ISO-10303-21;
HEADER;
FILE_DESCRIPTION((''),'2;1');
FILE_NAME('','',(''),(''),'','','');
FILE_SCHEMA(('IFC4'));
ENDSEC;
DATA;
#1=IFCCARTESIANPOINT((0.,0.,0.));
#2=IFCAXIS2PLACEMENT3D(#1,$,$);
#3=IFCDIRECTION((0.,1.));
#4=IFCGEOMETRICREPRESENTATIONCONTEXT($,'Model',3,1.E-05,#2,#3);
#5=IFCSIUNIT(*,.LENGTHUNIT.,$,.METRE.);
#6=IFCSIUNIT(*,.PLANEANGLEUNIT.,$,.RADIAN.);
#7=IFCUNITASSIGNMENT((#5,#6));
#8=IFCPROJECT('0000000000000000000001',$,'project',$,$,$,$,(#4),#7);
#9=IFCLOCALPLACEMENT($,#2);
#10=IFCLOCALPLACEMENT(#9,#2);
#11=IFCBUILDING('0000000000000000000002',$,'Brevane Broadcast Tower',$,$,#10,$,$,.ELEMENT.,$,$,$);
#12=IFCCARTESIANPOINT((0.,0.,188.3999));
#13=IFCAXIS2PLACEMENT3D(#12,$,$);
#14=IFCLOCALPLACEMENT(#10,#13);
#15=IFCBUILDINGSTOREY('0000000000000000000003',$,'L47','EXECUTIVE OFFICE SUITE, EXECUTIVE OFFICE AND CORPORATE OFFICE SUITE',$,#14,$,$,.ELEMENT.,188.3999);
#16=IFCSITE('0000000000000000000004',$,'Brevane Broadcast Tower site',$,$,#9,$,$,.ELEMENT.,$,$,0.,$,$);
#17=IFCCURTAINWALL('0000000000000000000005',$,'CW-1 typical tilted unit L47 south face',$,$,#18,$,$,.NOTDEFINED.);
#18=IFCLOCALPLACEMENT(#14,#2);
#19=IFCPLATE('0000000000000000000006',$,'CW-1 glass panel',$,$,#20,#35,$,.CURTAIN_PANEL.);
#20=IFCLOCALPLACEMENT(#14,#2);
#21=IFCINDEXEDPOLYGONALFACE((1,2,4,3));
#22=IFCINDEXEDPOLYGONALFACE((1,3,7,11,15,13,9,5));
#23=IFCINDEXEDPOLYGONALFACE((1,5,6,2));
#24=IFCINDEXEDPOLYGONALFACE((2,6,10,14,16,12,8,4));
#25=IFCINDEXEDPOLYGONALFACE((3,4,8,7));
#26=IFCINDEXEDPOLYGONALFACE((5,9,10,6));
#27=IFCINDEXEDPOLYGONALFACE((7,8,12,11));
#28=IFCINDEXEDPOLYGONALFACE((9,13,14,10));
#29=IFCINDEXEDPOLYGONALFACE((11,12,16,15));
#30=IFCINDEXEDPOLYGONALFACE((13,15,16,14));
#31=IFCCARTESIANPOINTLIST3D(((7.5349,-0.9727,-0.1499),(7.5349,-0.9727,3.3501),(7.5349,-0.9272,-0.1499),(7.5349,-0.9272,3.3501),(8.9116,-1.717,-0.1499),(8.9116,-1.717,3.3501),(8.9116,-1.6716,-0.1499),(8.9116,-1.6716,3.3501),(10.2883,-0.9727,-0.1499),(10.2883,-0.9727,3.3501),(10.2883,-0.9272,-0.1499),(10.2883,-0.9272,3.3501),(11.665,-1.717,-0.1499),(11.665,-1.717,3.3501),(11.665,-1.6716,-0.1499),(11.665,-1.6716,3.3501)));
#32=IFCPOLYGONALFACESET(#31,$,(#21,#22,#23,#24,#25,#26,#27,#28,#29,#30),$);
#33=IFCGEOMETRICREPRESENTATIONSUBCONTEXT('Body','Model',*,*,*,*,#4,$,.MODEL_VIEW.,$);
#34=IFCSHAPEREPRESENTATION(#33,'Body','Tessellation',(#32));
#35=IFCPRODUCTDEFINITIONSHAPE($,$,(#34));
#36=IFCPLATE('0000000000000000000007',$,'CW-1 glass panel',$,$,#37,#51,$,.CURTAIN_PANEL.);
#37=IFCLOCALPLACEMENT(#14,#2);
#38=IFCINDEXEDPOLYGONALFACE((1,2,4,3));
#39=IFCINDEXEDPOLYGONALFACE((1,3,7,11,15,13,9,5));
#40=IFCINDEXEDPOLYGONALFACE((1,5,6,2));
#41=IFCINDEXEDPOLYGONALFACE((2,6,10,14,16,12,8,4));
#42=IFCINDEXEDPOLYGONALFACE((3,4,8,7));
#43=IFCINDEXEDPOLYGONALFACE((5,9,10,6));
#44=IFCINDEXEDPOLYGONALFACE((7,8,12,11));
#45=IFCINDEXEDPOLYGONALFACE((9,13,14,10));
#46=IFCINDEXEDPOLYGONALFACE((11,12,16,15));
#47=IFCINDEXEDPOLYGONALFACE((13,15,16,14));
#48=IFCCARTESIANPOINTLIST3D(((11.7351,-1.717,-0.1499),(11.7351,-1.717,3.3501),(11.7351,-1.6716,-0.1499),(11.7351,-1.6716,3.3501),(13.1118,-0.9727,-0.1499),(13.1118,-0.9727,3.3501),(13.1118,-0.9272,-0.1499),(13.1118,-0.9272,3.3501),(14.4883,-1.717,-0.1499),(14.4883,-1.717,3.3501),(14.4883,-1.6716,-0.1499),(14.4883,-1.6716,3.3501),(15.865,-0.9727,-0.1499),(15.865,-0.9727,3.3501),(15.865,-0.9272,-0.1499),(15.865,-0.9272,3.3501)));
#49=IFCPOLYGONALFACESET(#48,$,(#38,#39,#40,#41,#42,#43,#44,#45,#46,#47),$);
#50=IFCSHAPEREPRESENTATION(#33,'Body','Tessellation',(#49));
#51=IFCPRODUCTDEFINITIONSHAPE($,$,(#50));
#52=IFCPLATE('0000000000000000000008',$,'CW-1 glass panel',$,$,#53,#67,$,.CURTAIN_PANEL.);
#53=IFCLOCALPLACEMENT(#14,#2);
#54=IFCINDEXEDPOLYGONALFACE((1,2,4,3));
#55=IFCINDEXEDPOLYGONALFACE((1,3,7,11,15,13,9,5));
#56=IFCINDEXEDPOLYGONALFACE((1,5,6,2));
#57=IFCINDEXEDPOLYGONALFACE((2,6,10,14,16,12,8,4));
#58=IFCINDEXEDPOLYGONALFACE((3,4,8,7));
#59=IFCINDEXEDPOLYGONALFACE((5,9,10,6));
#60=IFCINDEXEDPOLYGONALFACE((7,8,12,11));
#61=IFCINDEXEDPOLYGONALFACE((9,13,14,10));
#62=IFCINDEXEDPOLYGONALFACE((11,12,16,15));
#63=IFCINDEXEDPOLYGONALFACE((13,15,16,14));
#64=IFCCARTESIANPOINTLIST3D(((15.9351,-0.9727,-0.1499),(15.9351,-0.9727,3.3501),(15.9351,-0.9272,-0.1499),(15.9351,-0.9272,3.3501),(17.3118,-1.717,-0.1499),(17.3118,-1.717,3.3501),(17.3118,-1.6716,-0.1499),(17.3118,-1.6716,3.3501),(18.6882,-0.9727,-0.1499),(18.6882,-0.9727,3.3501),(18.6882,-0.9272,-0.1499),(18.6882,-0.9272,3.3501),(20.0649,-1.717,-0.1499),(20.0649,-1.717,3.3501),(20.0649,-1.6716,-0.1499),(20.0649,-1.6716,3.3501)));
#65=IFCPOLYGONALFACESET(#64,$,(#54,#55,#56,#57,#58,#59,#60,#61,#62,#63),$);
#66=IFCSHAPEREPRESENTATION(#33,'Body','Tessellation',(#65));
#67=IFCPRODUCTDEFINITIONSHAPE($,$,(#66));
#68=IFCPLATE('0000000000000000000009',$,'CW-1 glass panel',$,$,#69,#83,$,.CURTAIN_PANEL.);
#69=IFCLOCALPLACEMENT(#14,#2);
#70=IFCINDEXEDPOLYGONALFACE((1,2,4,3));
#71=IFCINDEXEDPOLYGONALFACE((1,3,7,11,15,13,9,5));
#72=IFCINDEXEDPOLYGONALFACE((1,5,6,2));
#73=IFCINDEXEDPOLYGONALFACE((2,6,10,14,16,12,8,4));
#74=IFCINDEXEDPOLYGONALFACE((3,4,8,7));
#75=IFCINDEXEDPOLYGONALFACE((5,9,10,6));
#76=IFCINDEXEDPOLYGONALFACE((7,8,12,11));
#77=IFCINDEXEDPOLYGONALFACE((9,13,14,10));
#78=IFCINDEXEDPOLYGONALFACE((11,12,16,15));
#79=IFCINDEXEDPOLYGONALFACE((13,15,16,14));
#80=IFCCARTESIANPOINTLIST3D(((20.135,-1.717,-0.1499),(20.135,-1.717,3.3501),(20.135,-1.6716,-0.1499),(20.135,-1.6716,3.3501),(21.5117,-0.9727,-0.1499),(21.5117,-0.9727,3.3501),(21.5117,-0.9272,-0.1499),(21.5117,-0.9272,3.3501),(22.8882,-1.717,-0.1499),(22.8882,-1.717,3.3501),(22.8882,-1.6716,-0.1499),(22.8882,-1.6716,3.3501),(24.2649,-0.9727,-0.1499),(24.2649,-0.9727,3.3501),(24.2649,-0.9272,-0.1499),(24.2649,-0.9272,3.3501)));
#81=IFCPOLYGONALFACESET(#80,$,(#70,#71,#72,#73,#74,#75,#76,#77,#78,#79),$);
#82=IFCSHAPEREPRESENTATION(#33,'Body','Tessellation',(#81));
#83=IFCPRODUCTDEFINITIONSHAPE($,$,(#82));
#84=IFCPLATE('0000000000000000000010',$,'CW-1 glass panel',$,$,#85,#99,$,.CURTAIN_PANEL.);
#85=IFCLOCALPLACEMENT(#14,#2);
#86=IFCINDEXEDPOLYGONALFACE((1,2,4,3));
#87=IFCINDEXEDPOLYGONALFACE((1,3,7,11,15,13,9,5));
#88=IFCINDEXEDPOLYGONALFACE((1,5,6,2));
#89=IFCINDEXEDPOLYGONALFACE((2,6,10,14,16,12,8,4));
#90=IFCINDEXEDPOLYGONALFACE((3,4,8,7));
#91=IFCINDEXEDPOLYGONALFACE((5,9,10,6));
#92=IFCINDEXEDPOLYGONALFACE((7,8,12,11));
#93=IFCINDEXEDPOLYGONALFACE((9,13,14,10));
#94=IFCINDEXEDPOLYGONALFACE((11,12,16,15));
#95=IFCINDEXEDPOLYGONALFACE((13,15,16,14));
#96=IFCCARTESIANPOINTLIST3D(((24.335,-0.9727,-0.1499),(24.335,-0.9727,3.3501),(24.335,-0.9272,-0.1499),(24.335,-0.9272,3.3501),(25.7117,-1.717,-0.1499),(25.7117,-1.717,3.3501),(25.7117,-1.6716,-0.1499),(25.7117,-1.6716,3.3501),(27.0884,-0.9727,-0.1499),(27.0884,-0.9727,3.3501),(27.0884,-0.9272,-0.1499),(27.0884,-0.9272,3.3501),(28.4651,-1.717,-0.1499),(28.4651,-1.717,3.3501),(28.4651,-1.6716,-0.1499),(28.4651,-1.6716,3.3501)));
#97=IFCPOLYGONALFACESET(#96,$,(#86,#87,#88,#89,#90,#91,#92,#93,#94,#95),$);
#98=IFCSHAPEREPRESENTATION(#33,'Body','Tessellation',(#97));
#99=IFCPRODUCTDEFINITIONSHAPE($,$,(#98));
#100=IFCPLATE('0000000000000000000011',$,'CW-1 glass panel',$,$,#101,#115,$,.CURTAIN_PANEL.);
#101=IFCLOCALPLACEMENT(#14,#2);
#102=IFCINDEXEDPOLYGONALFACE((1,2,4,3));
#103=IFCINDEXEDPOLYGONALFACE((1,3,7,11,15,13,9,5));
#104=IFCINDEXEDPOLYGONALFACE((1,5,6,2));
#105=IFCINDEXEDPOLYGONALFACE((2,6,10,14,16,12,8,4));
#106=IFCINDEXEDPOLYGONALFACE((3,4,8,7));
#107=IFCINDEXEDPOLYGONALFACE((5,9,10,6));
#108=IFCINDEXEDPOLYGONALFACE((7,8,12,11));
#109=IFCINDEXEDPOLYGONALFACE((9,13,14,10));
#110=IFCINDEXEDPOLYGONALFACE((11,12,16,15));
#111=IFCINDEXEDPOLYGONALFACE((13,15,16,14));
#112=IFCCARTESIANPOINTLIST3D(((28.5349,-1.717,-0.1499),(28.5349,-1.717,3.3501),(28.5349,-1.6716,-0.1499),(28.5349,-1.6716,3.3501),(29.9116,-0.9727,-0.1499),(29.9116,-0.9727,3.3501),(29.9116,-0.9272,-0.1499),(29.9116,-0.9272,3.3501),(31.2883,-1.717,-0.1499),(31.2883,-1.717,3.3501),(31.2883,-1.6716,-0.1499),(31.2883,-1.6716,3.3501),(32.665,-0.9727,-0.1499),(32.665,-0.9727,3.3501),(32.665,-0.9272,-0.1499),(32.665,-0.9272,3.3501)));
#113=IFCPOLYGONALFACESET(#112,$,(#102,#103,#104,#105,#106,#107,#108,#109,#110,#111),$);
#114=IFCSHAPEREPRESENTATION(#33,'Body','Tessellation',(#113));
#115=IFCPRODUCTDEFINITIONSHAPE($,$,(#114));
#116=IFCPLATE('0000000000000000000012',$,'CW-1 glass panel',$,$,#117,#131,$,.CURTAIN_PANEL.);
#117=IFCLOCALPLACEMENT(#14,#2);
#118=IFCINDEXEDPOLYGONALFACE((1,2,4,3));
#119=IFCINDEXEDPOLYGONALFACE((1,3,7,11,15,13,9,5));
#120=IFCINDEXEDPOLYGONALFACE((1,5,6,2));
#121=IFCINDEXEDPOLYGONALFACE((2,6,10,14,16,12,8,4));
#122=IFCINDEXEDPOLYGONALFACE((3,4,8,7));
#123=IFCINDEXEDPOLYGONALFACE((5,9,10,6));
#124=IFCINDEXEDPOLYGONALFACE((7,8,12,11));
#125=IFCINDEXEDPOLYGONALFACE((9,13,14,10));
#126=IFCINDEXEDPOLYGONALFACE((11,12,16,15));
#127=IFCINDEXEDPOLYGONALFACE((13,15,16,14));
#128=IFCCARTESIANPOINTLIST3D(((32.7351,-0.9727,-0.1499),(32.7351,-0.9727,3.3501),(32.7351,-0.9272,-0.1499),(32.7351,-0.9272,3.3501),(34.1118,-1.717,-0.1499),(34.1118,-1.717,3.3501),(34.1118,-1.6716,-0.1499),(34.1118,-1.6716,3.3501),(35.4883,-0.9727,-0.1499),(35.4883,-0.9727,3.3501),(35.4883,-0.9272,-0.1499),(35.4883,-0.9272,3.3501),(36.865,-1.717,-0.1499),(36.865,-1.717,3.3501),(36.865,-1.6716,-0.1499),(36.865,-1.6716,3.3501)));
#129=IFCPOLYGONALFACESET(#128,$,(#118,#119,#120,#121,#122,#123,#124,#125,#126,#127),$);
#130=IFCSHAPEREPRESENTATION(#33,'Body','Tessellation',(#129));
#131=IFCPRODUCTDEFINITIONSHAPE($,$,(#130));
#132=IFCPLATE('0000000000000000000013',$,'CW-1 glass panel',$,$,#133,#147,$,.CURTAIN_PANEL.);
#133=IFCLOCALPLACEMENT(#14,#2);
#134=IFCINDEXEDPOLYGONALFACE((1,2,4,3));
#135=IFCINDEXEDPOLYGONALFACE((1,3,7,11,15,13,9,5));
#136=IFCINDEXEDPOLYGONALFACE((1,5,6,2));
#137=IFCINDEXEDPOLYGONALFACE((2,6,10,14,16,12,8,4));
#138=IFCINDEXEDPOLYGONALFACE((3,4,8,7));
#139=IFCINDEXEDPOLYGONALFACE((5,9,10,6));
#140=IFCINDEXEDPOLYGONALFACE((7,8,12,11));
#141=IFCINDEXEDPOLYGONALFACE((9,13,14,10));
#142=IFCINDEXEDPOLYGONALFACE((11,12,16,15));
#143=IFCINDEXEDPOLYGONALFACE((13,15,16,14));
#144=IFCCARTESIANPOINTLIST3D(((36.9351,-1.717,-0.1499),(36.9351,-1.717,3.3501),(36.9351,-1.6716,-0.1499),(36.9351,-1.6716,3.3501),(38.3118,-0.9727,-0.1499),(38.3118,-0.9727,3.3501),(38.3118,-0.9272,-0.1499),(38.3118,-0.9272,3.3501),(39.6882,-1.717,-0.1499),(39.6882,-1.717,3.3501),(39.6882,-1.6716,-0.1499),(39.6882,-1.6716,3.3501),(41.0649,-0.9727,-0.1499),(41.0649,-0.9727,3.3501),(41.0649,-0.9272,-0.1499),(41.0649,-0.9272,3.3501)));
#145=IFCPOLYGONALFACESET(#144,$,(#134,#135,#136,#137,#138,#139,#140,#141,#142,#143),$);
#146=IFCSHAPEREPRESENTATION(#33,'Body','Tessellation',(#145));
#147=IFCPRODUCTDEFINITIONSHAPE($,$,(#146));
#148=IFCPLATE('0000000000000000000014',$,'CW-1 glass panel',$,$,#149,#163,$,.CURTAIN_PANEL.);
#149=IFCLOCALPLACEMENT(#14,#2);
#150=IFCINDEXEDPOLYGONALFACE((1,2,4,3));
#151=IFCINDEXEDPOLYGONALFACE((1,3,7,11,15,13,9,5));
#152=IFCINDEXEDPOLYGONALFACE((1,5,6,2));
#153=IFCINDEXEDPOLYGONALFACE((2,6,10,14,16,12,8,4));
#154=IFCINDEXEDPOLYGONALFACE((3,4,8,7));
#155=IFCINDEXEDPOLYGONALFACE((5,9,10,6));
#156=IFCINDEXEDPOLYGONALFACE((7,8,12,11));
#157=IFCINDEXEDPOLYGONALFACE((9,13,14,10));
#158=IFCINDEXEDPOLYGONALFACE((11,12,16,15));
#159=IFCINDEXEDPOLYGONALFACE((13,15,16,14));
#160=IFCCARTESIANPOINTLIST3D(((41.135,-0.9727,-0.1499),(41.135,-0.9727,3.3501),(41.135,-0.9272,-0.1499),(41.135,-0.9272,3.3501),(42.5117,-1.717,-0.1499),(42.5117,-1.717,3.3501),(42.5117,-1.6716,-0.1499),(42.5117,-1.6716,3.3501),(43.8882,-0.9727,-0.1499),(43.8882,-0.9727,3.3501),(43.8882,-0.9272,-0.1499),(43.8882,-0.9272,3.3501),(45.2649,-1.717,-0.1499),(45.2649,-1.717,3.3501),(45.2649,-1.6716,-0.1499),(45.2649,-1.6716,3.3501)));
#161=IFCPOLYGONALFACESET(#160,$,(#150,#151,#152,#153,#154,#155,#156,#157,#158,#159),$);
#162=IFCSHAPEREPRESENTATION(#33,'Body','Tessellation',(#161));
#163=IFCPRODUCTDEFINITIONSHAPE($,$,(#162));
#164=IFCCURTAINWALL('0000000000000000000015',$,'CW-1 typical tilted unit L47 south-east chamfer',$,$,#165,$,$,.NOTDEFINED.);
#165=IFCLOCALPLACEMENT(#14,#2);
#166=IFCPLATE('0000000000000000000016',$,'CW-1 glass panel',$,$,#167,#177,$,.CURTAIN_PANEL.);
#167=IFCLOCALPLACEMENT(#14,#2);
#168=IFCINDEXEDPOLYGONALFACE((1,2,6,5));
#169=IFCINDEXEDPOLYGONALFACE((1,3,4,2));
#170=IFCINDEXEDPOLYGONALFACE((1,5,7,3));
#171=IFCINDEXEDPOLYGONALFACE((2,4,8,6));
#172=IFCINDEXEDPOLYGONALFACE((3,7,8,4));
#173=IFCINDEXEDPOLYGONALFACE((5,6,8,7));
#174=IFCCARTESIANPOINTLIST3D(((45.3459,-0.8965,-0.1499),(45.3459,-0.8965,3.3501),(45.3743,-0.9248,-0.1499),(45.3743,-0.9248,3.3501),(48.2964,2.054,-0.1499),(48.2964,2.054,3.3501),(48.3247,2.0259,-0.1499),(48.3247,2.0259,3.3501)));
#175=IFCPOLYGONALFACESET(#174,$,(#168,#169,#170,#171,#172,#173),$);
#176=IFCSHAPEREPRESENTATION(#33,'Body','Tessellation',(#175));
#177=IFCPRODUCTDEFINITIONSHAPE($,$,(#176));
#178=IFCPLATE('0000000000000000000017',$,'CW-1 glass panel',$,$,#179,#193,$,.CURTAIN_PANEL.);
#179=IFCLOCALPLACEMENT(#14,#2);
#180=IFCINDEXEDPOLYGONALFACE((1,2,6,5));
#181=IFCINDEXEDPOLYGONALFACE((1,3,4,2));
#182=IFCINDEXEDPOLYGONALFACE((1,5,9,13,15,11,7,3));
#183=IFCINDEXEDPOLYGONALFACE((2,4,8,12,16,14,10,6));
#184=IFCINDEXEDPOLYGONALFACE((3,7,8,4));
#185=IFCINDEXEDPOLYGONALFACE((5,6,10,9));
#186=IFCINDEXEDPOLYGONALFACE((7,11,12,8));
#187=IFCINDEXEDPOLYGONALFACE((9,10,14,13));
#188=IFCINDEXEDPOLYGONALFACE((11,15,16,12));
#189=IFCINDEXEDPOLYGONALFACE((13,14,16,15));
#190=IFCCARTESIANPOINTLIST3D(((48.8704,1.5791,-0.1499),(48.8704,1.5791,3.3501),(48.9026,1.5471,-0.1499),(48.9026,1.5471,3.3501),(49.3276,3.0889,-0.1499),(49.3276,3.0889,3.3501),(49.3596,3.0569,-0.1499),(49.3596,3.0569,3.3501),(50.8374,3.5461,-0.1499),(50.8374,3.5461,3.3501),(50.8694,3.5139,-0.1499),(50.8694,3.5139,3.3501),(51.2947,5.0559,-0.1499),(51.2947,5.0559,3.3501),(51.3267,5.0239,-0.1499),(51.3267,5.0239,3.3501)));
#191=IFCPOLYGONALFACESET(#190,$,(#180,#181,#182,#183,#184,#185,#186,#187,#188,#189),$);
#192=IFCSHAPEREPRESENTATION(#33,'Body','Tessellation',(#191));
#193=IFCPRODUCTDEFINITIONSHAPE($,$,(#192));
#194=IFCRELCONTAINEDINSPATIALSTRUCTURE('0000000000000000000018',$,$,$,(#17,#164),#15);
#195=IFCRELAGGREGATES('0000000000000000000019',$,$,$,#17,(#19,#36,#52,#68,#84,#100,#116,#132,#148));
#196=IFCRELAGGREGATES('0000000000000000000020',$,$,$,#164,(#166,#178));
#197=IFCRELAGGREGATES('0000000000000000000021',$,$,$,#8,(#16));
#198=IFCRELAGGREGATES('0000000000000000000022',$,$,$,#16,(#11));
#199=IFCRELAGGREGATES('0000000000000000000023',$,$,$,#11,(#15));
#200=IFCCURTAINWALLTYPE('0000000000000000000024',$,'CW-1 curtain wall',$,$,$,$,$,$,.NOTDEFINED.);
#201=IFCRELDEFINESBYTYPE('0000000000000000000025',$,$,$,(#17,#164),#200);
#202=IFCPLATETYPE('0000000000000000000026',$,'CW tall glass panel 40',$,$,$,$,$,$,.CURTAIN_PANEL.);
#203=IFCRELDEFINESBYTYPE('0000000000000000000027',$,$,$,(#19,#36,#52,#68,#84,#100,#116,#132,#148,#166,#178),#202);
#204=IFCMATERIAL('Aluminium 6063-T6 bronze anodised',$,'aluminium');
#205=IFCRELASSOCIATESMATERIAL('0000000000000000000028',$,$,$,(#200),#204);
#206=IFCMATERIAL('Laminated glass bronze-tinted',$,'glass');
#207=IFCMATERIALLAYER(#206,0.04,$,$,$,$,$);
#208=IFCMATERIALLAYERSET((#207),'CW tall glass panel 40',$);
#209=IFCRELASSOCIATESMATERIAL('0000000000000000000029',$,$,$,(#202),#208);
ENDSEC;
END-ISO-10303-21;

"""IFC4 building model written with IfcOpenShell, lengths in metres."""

from ifc_helpers import new_model, si_unit, direction, frame, origin, place, context, subcontext, project, spatial, polyline, outline, extrude, material, layer, layer_set, type_object, element, aggregate, save


model = new_model("IFC4")

# Units and contexts
model_context = context("Model", 3, precision=1e-05, world=origin(), true_north=direction((0.0, 1.0)))
body_context = subcontext(model_context, "Body", "Model", "MODEL_VIEW")
ifc_project = project(units=[si_unit("LENGTHUNIT", "METRE"), si_unit("PLANEANGLEUNIT", "RADIAN")], contexts=[model_context])

# Site, building, storey
site_placement = place(None, origin())
site = spatial("IfcSite", under=ifc_project, at=site_placement, Name="Brevane Broadcast Tower site", CompositionType="ELEMENT", RefElevation=0.0)
building_placement = place(site_placement, origin())
building = spatial("IfcBuilding", under=site, at=building_placement, Name="Brevane Broadcast Tower", CompositionType="ELEMENT")
storey_placement = place(building_placement, frame((0.0, 0.0, 188.3999)))
storey = spatial("IfcBuildingStorey", under=building, at=storey_placement, Name="L47", Description="EXECUTIVE OFFICE SUITE, EXECUTIVE OFFICE AND CORPORATE OFFICE SUITE", CompositionType="ELEMENT", Elevation=188.3999)

# Curtain walls, plates
ifc_material_1 = material(Name="Aluminium 6063-T6 bronze anodised", Category="aluminium")
curtain_wall_type = type_object("IfcCurtainWallType", Name="CW-1 curtain wall", PredefinedType="NOTDEFINED", material=ifc_material_1)
curtain_wall_1_placement = place(storey_placement, origin())
curtain_wall_1 = element("IfcCurtainWall", 1, at=curtain_wall_1_placement, inside=storey, type_object=curtain_wall_type, Name="CW-1 typical tilted unit L47 south face", PredefinedType="NOTDEFINED")
ifc_material_2 = material(Name="Laminated glass bronze-tinted", Category="glass")
ifc_layer = layer(ifc_material_2, 0.04)
ifc_layer_set = layer_set([ifc_layer], Name="CW tall glass panel 40")
plate_type = type_object("IfcPlateType", Name="CW tall glass panel 40", PredefinedType="CURTAIN_PANEL", material=ifc_layer_set)
plate_1_placement = place(storey_placement, frame((0.0, 0.0, -0.1499)))
plate_1 = element("IfcPlate", 2, at=plate_1_placement, type_object=plate_type, Name="CW-1 glass panel", PredefinedType="CURTAIN_PANEL", context=body_context, shape_type="SweptSolid", body=[
    extrude(outline(polyline([(7.5349, -0.9272), (7.5349, -0.9727), (8.9116, -1.717), (10.2883, -0.9727), (11.665, -1.717), (11.665, -1.6716), (10.2883, -0.9272), (8.9116, -1.6716), (7.5349, -0.9272)])), origin(), (0.0, 0.0, 1.0), 3.5),
])
plate_2_placement = place(storey_placement, frame((0.0, 0.0, -0.1499)))
plate_2 = element("IfcPlate", 3, at=plate_2_placement, type_object=plate_type, Name="CW-1 glass panel", PredefinedType="CURTAIN_PANEL", context=body_context, shape_type="SweptSolid", body=[
    extrude(outline(polyline([(11.7351, -1.6716), (11.7351, -1.717), (13.1118, -0.9727), (14.4883, -1.717), (15.865, -0.9727), (15.865, -0.9272), (14.4883, -1.6716), (13.1118, -0.9272), (11.7351, -1.6716)])), origin(), (0.0, 0.0, 1.0), 3.5),
])
plate_3_placement = place(storey_placement, frame((0.0, 0.0, -0.1499)))
plate_3 = element("IfcPlate", 4, at=plate_3_placement, type_object=plate_type, Name="CW-1 glass panel", PredefinedType="CURTAIN_PANEL", context=body_context, shape_type="SweptSolid", body=[
    extrude(outline(polyline([(15.9351, -0.9272), (15.9351, -0.9727), (17.3118, -1.717), (18.6882, -0.9727), (20.0649, -1.717), (20.0649, -1.6716), (18.6882, -0.9272), (17.3118, -1.6716), (15.9351, -0.9272)])), origin(), (0.0, 0.0, 1.0), 3.5),
])
plate_4_placement = place(storey_placement, frame((0.0, 0.0, -0.1499)))
plate_4 = element("IfcPlate", 5, at=plate_4_placement, type_object=plate_type, Name="CW-1 glass panel", PredefinedType="CURTAIN_PANEL", context=body_context, shape_type="SweptSolid", body=[
    extrude(outline(polyline([(20.135, -1.6716), (20.135, -1.717), (21.5117, -0.9727), (22.8882, -1.717), (24.2649, -0.9727), (24.2649, -0.9272), (22.8882, -1.6716), (21.5117, -0.9272), (20.135, -1.6716)])), origin(), (0.0, 0.0, 1.0), 3.5),
])
plate_5_placement = place(storey_placement, frame((0.0, 0.0, -0.1499)))
plate_5 = element("IfcPlate", 6, at=plate_5_placement, type_object=plate_type, Name="CW-1 glass panel", PredefinedType="CURTAIN_PANEL", context=body_context, shape_type="SweptSolid", body=[
    extrude(outline(polyline([(24.335, -0.9272), (24.335, -0.9727), (25.7117, -1.717), (27.0884, -0.9727), (28.4651, -1.717), (28.4651, -1.6716), (27.0884, -0.9272), (25.7117, -1.6716), (24.335, -0.9272)])), origin(), (0.0, 0.0, 1.0), 3.5),
])
plate_6_placement = place(storey_placement, frame((0.0, 0.0, -0.1499)))
plate_6 = element("IfcPlate", 7, at=plate_6_placement, type_object=plate_type, Name="CW-1 glass panel", PredefinedType="CURTAIN_PANEL", context=body_context, shape_type="SweptSolid", body=[
    extrude(outline(polyline([(28.5349, -1.6716), (28.5349, -1.717), (29.9116, -0.9727), (31.2883, -1.717), (32.665, -0.9727), (32.665, -0.9272), (31.2883, -1.6716), (29.9116, -0.9272), (28.5349, -1.6716)])), origin(), (0.0, 0.0, 1.0), 3.5),
])
plate_7_placement = place(storey_placement, frame((0.0, 0.0, -0.1499)))
plate_7 = element("IfcPlate", 8, at=plate_7_placement, type_object=plate_type, Name="CW-1 glass panel", PredefinedType="CURTAIN_PANEL", context=body_context, shape_type="SweptSolid", body=[
    extrude(outline(polyline([(32.7351, -0.9272), (32.7351, -0.9727), (34.1118, -1.717), (35.4883, -0.9727), (36.865, -1.717), (36.865, -1.6716), (35.4883, -0.9272), (34.1118, -1.6716), (32.7351, -0.9272)])), origin(), (0.0, 0.0, 1.0), 3.5),
])
plate_8_placement = place(storey_placement, frame((0.0, 0.0, -0.1499)))
plate_8 = element("IfcPlate", 9, at=plate_8_placement, type_object=plate_type, Name="CW-1 glass panel", PredefinedType="CURTAIN_PANEL", context=body_context, shape_type="SweptSolid", body=[
    extrude(outline(polyline([(36.9351, -1.6716), (36.9351, -1.717), (38.3118, -0.9727), (39.6882, -1.717), (41.0649, -0.9727), (41.0649, -0.9272), (39.6882, -1.6716), (38.3118, -0.9272), (36.9351, -1.6716)])), origin(), (0.0, 0.0, 1.0), 3.5),
])
plate_9_placement = place(storey_placement, frame((0.0, 0.0, -0.1499)))
plate_9 = element("IfcPlate", 10, at=plate_9_placement, type_object=plate_type, Name="CW-1 glass panel", PredefinedType="CURTAIN_PANEL", context=body_context, shape_type="SweptSolid", body=[
    extrude(outline(polyline([(41.135, -0.9272), (41.135, -0.9727), (42.5117, -1.717), (43.8882, -0.9727), (45.2649, -1.717), (45.2649, -1.6716), (43.8882, -0.9272), (42.5117, -1.6716), (41.135, -0.9272)])), origin(), (0.0, 0.0, 1.0), 3.5),
])
aggregate(curtain_wall_1, [plate_1, plate_2, plate_3, plate_4, plate_5, plate_6, plate_7, plate_8, plate_9])
curtain_wall_2_placement = place(storey_placement, origin())
curtain_wall_2 = element("IfcCurtainWall", 11, at=curtain_wall_2_placement, inside=storey, type_object=curtain_wall_type, Name="CW-1 typical tilted unit L47 south-east chamfer", PredefinedType="NOTDEFINED")
plate_10_placement = place(storey_placement, frame((0.0, 0.0, -0.1499)))
plate_10 = element("IfcPlate", 12, at=plate_10_placement, type_object=plate_type, Name="CW-1 glass panel", PredefinedType="CURTAIN_PANEL", context=body_context, shape_type="SweptSolid", body=[
    extrude(outline(polyline([(45.3459, -0.8965), (48.2964, 2.054), (48.3247, 2.0259), (45.3743, -0.9248), (45.3459, -0.8965)])), origin(), (0.0, 0.0, 1.0), 3.5),
])
plate_11_placement = place(storey_placement, frame((0.0, 0.0, -0.1499)))
plate_11 = element("IfcPlate", 13, at=plate_11_placement, type_object=plate_type, Name="CW-1 glass panel", PredefinedType="CURTAIN_PANEL", context=body_context, shape_type="SweptSolid", body=[
    extrude(outline(polyline([(48.8704, 1.5791), (48.9026, 1.5471), (49.3596, 3.0569), (50.8694, 3.5139), (51.3267, 5.0239), (51.2947, 5.0559), (50.8374, 3.5461), (49.3276, 3.0889), (48.8704, 1.5791)])), origin(), (0.0, 0.0, 1.0), 3.5),
])
aggregate(curtain_wall_2, [plate_10, plate_11])

save(model, "model.ifc")
